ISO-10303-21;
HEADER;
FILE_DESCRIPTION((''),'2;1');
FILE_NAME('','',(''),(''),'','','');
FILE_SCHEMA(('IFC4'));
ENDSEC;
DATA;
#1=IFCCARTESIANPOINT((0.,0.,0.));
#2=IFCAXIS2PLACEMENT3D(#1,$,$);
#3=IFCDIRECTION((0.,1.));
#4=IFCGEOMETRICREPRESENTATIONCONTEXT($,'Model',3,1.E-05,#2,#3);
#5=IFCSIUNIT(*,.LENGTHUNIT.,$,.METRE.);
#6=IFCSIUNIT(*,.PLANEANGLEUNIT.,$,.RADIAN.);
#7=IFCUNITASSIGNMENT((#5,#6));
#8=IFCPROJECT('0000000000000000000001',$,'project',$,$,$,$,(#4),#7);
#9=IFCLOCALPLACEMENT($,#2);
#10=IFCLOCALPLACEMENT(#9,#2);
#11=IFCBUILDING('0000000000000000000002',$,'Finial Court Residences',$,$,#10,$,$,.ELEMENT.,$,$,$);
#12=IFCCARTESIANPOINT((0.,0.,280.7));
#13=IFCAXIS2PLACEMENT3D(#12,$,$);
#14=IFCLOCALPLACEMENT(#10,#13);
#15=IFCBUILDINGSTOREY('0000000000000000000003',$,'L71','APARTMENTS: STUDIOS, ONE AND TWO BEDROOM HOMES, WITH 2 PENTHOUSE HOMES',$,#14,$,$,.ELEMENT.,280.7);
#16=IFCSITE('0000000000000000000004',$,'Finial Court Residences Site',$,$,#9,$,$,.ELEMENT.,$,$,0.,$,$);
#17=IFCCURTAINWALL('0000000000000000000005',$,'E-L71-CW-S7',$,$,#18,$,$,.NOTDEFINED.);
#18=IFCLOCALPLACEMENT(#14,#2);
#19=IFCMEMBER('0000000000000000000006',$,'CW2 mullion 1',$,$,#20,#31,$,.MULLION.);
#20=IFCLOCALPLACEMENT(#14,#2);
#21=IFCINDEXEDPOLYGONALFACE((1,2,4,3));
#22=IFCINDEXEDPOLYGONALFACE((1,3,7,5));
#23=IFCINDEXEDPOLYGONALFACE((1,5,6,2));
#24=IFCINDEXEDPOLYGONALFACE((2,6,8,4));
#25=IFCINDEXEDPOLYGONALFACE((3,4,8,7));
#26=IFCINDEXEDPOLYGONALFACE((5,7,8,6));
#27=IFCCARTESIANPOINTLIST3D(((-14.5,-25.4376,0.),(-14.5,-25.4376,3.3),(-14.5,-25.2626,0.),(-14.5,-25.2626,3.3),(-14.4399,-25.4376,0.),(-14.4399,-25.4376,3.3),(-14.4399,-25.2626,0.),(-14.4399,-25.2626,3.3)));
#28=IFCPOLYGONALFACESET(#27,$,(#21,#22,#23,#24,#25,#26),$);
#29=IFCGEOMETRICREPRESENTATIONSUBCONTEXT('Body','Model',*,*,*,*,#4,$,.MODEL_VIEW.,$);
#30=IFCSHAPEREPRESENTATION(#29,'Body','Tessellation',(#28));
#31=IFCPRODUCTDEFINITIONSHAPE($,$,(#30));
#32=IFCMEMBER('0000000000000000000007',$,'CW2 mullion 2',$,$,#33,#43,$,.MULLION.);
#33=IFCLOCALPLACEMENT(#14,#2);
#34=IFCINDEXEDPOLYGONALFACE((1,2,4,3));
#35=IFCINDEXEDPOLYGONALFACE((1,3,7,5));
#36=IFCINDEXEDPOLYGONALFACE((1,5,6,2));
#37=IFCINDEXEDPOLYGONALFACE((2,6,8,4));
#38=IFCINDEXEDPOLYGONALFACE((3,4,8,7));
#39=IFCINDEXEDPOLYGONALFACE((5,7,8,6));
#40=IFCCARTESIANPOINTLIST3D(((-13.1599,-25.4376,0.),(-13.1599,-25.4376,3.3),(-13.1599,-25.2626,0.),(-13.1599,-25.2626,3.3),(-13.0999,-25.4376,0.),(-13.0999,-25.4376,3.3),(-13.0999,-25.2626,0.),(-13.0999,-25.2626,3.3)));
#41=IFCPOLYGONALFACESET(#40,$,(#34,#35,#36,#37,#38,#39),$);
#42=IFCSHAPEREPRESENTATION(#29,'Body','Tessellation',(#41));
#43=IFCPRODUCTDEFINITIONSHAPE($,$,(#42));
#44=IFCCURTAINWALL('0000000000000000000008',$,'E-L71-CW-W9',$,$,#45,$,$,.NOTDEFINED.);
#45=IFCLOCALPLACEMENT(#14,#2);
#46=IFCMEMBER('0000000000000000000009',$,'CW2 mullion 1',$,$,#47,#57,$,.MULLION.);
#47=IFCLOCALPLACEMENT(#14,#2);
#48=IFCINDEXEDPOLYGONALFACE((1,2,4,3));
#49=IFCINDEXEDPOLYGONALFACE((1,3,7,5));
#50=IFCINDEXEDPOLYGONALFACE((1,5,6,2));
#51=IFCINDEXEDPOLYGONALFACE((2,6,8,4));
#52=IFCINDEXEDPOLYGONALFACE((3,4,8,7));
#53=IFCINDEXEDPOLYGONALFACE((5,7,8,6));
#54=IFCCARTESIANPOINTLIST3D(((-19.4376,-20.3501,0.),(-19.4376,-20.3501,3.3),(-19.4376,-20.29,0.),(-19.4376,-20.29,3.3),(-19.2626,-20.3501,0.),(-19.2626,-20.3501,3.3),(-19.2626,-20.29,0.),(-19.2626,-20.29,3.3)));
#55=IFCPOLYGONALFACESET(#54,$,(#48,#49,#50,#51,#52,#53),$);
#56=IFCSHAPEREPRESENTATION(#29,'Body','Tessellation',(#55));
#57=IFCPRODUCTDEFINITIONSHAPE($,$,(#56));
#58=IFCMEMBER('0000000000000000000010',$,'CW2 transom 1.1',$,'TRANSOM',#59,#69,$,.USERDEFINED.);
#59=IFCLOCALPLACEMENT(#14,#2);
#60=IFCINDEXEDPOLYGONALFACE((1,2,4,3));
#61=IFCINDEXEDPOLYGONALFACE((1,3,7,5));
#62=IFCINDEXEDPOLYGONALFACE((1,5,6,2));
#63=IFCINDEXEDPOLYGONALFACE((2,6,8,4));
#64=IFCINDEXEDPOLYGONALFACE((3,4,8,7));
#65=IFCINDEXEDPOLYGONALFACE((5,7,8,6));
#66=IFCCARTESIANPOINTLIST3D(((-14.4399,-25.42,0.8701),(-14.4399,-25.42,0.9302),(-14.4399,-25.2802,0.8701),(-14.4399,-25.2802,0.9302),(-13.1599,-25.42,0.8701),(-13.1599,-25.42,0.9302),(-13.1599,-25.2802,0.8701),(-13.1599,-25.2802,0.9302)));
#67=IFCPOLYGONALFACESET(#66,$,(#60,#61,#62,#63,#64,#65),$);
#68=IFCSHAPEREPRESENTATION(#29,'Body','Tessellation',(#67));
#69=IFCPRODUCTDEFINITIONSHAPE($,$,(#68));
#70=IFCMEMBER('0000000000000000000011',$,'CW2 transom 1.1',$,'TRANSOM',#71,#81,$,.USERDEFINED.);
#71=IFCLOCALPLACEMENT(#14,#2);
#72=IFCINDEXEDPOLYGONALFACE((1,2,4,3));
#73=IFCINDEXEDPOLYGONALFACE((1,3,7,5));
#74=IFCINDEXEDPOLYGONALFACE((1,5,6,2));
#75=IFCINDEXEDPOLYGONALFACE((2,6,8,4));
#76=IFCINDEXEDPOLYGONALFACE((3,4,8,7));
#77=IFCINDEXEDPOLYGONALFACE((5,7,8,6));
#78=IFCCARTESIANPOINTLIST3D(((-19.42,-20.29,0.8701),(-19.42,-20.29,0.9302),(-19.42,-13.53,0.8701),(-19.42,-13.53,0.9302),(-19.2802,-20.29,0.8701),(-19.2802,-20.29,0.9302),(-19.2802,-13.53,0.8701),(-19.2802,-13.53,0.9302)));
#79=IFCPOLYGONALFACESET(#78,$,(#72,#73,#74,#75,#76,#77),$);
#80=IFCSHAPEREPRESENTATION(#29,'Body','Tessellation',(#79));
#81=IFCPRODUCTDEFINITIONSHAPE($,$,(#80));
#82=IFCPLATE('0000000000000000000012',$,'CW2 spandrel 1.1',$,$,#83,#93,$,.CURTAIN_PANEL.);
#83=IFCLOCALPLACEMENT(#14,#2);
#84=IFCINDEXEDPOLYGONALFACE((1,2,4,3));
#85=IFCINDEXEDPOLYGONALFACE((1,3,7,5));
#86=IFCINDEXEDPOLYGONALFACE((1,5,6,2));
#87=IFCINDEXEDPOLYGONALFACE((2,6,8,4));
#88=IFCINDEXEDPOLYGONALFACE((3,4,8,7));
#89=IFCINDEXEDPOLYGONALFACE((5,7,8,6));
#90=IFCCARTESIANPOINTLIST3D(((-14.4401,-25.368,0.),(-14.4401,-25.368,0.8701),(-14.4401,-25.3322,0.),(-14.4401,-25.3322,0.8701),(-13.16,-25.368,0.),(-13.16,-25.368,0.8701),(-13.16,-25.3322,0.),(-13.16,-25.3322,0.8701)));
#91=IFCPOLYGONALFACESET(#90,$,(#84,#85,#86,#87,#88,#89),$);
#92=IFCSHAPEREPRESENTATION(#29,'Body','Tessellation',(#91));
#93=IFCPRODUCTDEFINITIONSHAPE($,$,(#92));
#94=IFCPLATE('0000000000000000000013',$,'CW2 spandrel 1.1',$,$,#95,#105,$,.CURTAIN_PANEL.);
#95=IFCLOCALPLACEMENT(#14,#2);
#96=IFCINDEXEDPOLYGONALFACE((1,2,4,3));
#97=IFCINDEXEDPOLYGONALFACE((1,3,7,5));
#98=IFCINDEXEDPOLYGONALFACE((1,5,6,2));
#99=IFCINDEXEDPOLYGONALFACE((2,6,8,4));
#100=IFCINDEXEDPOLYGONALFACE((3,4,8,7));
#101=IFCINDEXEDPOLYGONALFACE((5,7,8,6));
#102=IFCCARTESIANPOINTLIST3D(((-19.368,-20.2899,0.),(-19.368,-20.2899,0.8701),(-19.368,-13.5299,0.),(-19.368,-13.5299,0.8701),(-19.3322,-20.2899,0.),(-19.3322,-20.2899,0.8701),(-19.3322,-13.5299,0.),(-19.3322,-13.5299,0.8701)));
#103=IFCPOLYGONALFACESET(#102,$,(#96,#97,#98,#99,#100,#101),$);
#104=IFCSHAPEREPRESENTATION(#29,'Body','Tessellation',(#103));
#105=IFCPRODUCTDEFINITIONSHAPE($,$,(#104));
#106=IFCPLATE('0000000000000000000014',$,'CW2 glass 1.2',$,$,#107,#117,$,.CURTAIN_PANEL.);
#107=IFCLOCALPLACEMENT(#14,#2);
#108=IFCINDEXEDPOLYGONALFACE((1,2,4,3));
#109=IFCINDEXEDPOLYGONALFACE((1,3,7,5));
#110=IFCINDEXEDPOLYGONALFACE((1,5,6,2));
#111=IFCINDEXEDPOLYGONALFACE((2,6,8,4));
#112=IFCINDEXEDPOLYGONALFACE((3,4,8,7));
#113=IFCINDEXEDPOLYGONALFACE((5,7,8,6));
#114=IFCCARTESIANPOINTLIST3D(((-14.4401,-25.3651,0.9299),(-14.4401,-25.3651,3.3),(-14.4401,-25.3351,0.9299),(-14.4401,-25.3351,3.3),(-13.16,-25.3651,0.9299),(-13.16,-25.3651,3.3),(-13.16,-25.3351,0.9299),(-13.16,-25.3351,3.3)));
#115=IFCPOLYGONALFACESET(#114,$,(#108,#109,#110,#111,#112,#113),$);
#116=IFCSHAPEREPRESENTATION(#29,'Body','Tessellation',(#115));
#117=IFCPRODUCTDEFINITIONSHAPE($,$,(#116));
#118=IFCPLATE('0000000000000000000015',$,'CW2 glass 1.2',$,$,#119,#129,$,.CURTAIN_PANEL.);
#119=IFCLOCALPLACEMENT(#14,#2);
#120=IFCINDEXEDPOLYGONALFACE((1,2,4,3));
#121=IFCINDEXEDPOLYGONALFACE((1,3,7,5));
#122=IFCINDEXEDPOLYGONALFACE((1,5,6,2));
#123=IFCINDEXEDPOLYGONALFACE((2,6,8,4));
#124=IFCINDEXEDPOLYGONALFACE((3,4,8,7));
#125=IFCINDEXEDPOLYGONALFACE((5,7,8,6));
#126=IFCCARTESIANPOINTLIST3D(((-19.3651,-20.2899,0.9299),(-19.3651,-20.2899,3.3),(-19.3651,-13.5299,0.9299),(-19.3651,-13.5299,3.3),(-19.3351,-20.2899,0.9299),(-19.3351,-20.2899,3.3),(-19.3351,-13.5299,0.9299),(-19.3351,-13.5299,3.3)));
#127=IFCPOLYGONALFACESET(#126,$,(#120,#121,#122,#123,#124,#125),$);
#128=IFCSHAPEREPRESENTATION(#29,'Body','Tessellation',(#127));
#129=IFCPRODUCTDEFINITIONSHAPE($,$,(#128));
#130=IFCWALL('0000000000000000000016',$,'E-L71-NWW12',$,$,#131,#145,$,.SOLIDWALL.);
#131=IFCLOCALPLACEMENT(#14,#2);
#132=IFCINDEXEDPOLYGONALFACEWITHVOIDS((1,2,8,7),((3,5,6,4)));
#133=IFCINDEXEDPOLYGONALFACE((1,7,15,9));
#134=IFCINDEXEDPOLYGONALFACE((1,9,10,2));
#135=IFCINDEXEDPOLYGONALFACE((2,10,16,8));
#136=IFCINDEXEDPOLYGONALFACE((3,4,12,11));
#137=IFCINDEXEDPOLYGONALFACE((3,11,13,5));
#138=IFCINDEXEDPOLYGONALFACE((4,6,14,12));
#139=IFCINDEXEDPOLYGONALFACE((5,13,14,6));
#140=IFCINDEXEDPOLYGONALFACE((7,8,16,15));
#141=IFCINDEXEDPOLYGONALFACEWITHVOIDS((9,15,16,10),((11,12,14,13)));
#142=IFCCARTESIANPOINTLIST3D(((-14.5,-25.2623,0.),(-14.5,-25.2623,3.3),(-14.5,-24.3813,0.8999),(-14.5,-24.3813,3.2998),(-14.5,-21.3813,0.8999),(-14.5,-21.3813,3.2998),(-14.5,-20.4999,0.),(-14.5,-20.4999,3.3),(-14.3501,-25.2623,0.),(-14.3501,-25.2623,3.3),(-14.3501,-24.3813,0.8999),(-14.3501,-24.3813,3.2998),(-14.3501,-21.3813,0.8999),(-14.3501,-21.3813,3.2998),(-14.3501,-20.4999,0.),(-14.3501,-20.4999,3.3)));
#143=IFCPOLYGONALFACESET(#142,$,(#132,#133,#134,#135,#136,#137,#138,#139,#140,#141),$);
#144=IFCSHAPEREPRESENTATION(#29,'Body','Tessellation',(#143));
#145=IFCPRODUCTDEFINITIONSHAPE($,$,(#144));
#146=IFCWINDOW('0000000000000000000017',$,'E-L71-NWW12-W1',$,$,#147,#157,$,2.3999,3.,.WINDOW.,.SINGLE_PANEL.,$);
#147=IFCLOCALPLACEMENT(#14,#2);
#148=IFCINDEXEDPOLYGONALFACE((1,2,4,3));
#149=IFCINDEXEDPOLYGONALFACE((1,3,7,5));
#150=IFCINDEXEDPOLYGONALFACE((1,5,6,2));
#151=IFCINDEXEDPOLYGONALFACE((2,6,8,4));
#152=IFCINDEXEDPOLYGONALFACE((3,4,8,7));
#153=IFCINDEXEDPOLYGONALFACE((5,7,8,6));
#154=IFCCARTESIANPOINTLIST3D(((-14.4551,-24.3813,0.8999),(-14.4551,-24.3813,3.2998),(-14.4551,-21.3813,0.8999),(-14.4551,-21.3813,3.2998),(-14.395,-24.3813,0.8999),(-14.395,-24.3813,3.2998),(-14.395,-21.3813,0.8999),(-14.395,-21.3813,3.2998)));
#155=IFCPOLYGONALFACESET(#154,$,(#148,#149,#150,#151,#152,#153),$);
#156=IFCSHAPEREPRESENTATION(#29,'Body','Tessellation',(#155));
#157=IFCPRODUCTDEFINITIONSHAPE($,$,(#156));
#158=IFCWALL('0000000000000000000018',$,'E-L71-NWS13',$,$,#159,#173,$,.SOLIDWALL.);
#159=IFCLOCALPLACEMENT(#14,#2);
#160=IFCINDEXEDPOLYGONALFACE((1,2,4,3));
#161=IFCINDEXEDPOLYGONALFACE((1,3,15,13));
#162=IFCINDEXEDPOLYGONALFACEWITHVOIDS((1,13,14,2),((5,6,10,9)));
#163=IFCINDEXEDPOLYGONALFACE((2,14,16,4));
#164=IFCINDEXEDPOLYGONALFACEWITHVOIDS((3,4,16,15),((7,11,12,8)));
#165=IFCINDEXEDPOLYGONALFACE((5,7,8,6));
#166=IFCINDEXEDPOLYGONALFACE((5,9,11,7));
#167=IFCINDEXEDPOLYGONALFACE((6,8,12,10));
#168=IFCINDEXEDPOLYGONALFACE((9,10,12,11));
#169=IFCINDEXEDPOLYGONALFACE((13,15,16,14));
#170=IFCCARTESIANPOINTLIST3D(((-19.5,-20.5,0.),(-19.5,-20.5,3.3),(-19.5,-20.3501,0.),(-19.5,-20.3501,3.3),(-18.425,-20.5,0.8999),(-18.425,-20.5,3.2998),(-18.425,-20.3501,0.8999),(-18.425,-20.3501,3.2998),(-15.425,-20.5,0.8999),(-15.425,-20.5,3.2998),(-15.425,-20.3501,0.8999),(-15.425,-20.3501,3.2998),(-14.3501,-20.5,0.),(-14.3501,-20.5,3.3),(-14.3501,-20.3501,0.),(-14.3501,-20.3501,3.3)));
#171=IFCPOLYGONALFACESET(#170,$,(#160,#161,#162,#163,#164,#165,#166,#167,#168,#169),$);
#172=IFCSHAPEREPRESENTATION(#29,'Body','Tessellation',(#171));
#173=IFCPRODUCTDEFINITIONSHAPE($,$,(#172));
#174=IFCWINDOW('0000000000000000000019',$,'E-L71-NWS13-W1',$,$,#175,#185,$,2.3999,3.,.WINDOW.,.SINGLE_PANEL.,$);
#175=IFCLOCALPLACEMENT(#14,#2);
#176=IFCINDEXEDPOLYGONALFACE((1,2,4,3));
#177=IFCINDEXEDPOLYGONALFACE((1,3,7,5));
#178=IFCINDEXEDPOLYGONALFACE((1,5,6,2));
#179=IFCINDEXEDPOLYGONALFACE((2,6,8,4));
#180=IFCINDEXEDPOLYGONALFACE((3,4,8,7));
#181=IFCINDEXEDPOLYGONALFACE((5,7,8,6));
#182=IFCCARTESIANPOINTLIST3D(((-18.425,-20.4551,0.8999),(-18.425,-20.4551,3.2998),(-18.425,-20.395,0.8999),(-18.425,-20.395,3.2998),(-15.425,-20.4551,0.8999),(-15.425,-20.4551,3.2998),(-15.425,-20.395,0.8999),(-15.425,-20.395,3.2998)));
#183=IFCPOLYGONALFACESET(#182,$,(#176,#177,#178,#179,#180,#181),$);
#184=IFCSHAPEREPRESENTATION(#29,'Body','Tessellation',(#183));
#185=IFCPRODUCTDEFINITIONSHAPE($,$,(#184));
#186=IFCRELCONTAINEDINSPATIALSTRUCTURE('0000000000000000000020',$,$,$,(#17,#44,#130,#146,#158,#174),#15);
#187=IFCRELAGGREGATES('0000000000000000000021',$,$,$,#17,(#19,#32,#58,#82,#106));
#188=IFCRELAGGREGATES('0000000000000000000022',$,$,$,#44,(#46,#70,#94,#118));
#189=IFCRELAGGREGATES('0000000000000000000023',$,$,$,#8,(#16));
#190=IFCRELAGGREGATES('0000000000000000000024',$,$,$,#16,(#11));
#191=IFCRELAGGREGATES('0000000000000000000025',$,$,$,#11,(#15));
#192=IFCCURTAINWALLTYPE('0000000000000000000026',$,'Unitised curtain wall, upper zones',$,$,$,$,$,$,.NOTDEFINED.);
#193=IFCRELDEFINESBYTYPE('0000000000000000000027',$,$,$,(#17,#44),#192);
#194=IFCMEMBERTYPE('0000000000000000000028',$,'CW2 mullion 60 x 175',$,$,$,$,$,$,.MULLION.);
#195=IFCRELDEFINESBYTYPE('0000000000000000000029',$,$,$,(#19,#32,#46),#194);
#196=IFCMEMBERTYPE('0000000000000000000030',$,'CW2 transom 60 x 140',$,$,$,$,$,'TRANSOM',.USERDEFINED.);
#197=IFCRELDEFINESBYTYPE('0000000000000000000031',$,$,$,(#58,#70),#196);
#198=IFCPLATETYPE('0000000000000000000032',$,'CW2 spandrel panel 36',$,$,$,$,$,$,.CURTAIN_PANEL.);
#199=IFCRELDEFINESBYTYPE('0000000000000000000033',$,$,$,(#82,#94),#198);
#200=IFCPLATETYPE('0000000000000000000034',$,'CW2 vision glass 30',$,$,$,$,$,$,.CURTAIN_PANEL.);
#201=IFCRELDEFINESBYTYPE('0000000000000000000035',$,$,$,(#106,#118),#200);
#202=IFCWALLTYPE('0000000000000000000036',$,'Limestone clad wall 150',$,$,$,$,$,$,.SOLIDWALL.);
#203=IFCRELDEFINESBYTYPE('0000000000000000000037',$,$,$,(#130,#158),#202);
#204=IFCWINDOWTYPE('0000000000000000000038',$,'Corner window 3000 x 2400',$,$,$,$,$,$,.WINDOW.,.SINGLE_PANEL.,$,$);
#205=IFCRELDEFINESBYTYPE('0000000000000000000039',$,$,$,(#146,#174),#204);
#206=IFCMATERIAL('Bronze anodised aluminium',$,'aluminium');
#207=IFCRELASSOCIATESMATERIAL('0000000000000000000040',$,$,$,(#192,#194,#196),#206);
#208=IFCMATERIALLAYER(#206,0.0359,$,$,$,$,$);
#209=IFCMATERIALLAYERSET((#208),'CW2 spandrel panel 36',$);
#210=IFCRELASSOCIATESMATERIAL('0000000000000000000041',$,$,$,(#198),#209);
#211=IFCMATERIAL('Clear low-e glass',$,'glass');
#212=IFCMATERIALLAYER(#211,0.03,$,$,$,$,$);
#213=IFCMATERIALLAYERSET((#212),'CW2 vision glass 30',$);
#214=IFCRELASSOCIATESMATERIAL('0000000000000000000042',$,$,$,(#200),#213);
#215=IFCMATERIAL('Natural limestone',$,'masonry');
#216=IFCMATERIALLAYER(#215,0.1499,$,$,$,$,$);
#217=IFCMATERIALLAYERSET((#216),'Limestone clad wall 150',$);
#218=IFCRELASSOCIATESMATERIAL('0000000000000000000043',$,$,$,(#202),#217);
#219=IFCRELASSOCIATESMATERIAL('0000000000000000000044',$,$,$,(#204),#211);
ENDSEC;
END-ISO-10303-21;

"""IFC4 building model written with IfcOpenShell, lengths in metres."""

from ifc_helpers import new_model, si_unit, direction, frame, frame_2d, origin, origin_2d, place, context, subcontext, project, spatial, rectangle, extrude, material, layer, layer_set, material_profile, profile_set, type_object, element, fill, aggregate, save


model = new_model("IFC4")

# Units and contexts
model_context = context("Model", 3, precision=1e-05, world=origin(), true_north=direction((0.0, 1.0)))
body_context = subcontext(model_context, "Body", "Model", "MODEL_VIEW")
ifc_project = project(units=[si_unit("LENGTHUNIT", "METRE"), si_unit("PLANEANGLEUNIT", "RADIAN")], contexts=[model_context])

# Site, building, storey
site_placement = place(None, origin())
site = spatial("IfcSite", under=ifc_project, at=site_placement, Name="Finial Court Residences Site", CompositionType="ELEMENT", RefElevation=0.0)
building_placement = place(site_placement, origin())
building = spatial("IfcBuilding", under=site, at=building_placement, Name="Finial Court Residences", CompositionType="ELEMENT")
storey_placement = place(building_placement, frame((0.0, 0.0, 280.7)))
storey = spatial("IfcBuildingStorey", under=building, at=storey_placement, Name="L71", Description="APARTMENTS: STUDIOS, ONE AND TWO BEDROOM HOMES, WITH 2 PENTHOUSE HOMES", CompositionType="ELEMENT", Elevation=280.7)

# Curtain wall, members
ifc_material_1 = material(Name="Bronze anodised aluminium", Category="aluminium")
curtain_wall_type = type_object("IfcCurtainWallType", Name="Unitised curtain wall, upper zones", PredefinedType="NOTDEFINED", material=ifc_material_1)
curtain_wall_1_placement = place(storey_placement, origin())
curtain_wall_1 = element("IfcCurtainWall", 1, at=curtain_wall_1_placement, inside=storey, type_object=curtain_wall_type, Name="E-L71-CW-S7", PredefinedType="NOTDEFINED")
ifc_material_profile_1 = material_profile(ifc_material_1, rectangle(XDim=0.175, YDim=0.0601, at=origin_2d()), Name="CW2 mullion 60 x 175")
ifc_profile_set_1 = profile_set([ifc_material_profile_1], Name="Bronze anodised aluminium")
member_type_1 = type_object("IfcMemberType", Name="CW2 mullion 60 x 175", PredefinedType="MULLION", material=ifc_profile_set_1)
member_1_placement = place(storey_placement, frame((-14.47, -25.3501, 0.0), z_axis=(0.0, 0.0, 1.0), x_axis=(0.0, 1.0, 0.0)))
member_1 = element("IfcMember", 2, at=member_1_placement, type_object=member_type_1, Name="CW2 mullion 1", PredefinedType="MULLION", context=body_context, shape_type="SweptSolid", body=[
    extrude(rectangle(XDim=0.175, YDim=0.0601, at=origin_2d()), origin(), (0.0, 0.0, 1.0), 3.3),
])
member_2_placement = place(storey_placement, frame((-13.1299, -25.3501, 0.0), z_axis=(0.0, 0.0, 1.0), x_axis=(0.0, 1.0, 0.0)))
member_2 = element("IfcMember", 3, at=member_2_placement, type_object=member_type_1, Name="CW2 mullion 2", PredefinedType="MULLION", context=body_context, shape_type="SweptSolid", body=[
    extrude(rectangle(XDim=0.175, YDim=0.0601, at=origin_2d()), origin(), (0.0, 0.0, 1.0), 3.3),
])

# Curtain wall, member
curtain_wall_2_placement = place(storey_placement, origin())
curtain_wall_2 = element("IfcCurtainWall", 4, at=curtain_wall_2_placement, inside=storey, type_object=curtain_wall_type, Name="E-L71-CW-W9", PredefinedType="NOTDEFINED")
member_3_placement = place(storey_placement, frame((-19.3501, -20.3201, 0.0), z_axis=(0.0, 0.0, 1.0), x_axis=(-1.0, 0.0, 0.0)))
member_3 = element("IfcMember", 5, at=member_3_placement, type_object=member_type_1, Name="CW2 mullion 1", PredefinedType="MULLION", context=body_context, shape_type="SweptSolid", body=[
    extrude(rectangle(XDim=0.175, YDim=0.0601, at=origin_2d()), origin(), (0.0, 0.0, 1.0), 3.3),
])

# Members
ifc_material_profile_2 = material_profile(ifc_material_1, rectangle(XDim=0.1399, YDim=0.0601, at=origin_2d()), Name="CW2 transom 60 x 140")
ifc_profile_set_2 = profile_set([ifc_material_profile_2], Name="Bronze anodised aluminium")
member_type_2 = type_object("IfcMemberType", Name="CW2 transom 60 x 140", ElementType="TRANSOM", PredefinedType="USERDEFINED", material=ifc_profile_set_2)
member_4_placement = place(storey_placement, frame((-14.4399, -25.3501, 0.9001), z_axis=(1.0, 0.0, 0.0), x_axis=(0.0, 1.0, 0.0)))
member_4 = element("IfcMember", 6, at=member_4_placement, type_object=member_type_2, Name="CW2 transom 1.1", ObjectType="TRANSOM", PredefinedType="USERDEFINED", context=body_context, shape_type="SweptSolid", body=[
    extrude(rectangle(XDim=0.1399, YDim=0.0601, at=origin_2d()), origin(), (0.0, 0.0, 1.0), 1.28),
])
member_5_placement = place(storey_placement, frame((-19.3501, -20.29, 0.9001), z_axis=(0.0, 1.0, 0.0), x_axis=(-1.0, 0.0, 0.0)))
member_5 = element("IfcMember", 7, at=member_5_placement, type_object=member_type_2, Name="CW2 transom 1.1", ObjectType="TRANSOM", PredefinedType="USERDEFINED", context=body_context, shape_type="SweptSolid", body=[
    extrude(rectangle(XDim=0.1399, YDim=0.0601, at=origin_2d()), origin(), (0.0, 0.0, 1.0), 6.76),
])

# Plates
ifc_layer_1 = layer(ifc_material_1, 0.0359)
ifc_layer_set_1 = layer_set([ifc_layer_1], Name="CW2 spandrel panel 36")
plate_type_1 = type_object("IfcPlateType", Name="CW2 spandrel panel 36", PredefinedType="CURTAIN_PANEL", material=ifc_layer_set_1)
plate_1_placement = place(storey_placement, frame((-13.8, -25.3501, 0.0), z_axis=(0.0, 0.0, 1.0), x_axis=(1.0, 0.0, 0.0)))
plate_1 = element("IfcPlate", 8, at=plate_1_placement, type_object=plate_type_1, Name="CW2 spandrel 1.1", PredefinedType="CURTAIN_PANEL", context=body_context, shape_type="SweptSolid", body=[
    extrude(rectangle(XDim=1.28, YDim=0.0359, at=origin_2d()), origin(), (0.0, 0.0, 1.0), 0.8701),
])
plate_2_placement = place(storey_placement, frame((-19.3501, -16.9099, 0.0), z_axis=(0.0, 0.0, 1.0), x_axis=(0.0, 1.0, 0.0)))
plate_2 = element("IfcPlate", 9, at=plate_2_placement, type_object=plate_type_1, Name="CW2 spandrel 1.1", PredefinedType="CURTAIN_PANEL", context=body_context, shape_type="SweptSolid", body=[
    extrude(rectangle(XDim=6.76, YDim=0.0359, at=origin_2d()), origin(), (0.0, 0.0, 1.0), 0.8701),
])
ifc_material_2 = material(Name="Clear low-e glass", Category="glass")
ifc_layer_2 = layer(ifc_material_2, 0.03)
ifc_layer_set_2 = layer_set([ifc_layer_2], Name="CW2 vision glass 30")
plate_type_2 = type_object("IfcPlateType", Name="CW2 vision glass 30", PredefinedType="CURTAIN_PANEL", material=ifc_layer_set_2)
plate_3_placement = place(storey_placement, frame((-13.8, -25.3501, 0.9299), z_axis=(0.0, 0.0, 1.0), x_axis=(1.0, 0.0, 0.0)))
plate_3 = element("IfcPlate", 10, at=plate_3_placement, type_object=plate_type_2, Name="CW2 glass 1.2", PredefinedType="CURTAIN_PANEL", context=body_context, shape_type="SweptSolid", body=[
    extrude(rectangle(XDim=1.28, YDim=0.03, at=origin_2d()), origin(), (0.0, 0.0, 1.0), 2.3701),
])
aggregate(curtain_wall_1, [member_1, member_2, member_4, plate_1, plate_3])
plate_4_placement = place(storey_placement, frame((-19.3501, -16.9099, 0.9299), z_axis=(0.0, 0.0, 1.0), x_axis=(0.0, 1.0, 0.0)))
plate_4 = element("IfcPlate", 11, at=plate_4_placement, type_object=plate_type_2, Name="CW2 glass 1.2", PredefinedType="CURTAIN_PANEL", context=body_context, shape_type="SweptSolid", body=[
    extrude(rectangle(XDim=6.76, YDim=0.03, at=origin_2d()), origin(), (0.0, 0.0, 1.0), 2.3701),
])
aggregate(curtain_wall_2, [member_3, member_5, plate_2, plate_4])

# Walls, openings, windows
ifc_material_3 = material(Name="Natural limestone", Category="masonry")
ifc_layer_3 = layer(ifc_material_3, 0.1499)
ifc_layer_set_3 = layer_set([ifc_layer_3], Name="Limestone clad wall 150")
wall_type = type_object("IfcWallType", Name="Limestone clad wall 150", PredefinedType="SOLIDWALL", material=ifc_layer_set_3)
wall_1_placement = place(storey_placement, frame((-14.425, -25.2625, 0.0), z_axis=(0.0, 0.0, 1.0), x_axis=(0.0, 1.0, 0.0)))
wall_1 = element("IfcWall", 12, at=wall_1_placement, inside=storey, type_object=wall_type, Name="E-L71-NWW12", PredefinedType="SOLIDWALL", context=body_context, shape_type="SweptSolid", body=[
    extrude(rectangle(XDim=4.7625, YDim=0.1499, at=frame_2d((2.3813, 0.0))), origin(), (0.0, 0.0, 1.0), 3.3),
])
opening_1_placement = place(wall_1_placement, frame((0.8811, 0.0, 0.8999)))
opening_1 = element("IfcOpeningElement", 13, at=opening_1_placement, cuts=wall_1, PredefinedType="OPENING", context=body_context, shape_type="SweptSolid", body=[
    extrude(rectangle(XDim=3.0, YDim=2.3999, at=frame_2d((1.5, 1.2))), frame((0.0, 0.085, 0.0), z_axis=(0.0, -1.0, 0.0), x_axis=(1.0, 0.0, 0.0)), (0.0, 0.0, 1.0), 0.1699),
])
window_type = type_object("IfcWindowType", Name="Corner window 3000 x 2400", PartitioningType="SINGLE_PANEL", PredefinedType="WINDOW", material=ifc_material_2)
window_1_placement = place(opening_1_placement, origin())
window_1 = element("IfcWindow", 14, at=window_1_placement, inside=storey, type_object=window_type, Name="E-L71-NWW12-W1", OverallHeight=2.3999, OverallWidth=3.0, PartitioningType="SINGLE_PANEL", PredefinedType="WINDOW", context=body_context, shape_type="SweptSolid", body=[
    extrude(rectangle(XDim=3.0, YDim=2.3999, at=frame_2d((1.5, 1.2))), frame((0.0, 0.03, 0.0), z_axis=(0.0, -1.0, 0.0), x_axis=(1.0, 0.0, 0.0)), (0.0, 0.0, 1.0), 0.0601),
])
fill(opening_1, window_1)
wall_2_placement = place(storey_placement, frame((-14.3501, -20.425, 0.0), z_axis=(0.0, 0.0, 1.0), x_axis=(-1.0, 0.0, 0.0)))
wall_2 = element("IfcWall", 15, at=wall_2_placement, inside=storey, type_object=wall_type, Name="E-L71-NWS13", PredefinedType="SOLIDWALL", context=body_context, shape_type="SweptSolid", body=[
    extrude(rectangle(XDim=5.1499, YDim=0.1499, at=frame_2d((2.575, 0.0))), origin(), (0.0, 0.0, 1.0), 3.3),
])
opening_2_placement = place(wall_2_placement, frame((1.075, 0.0, 0.8999)))
opening_2 = element("IfcOpeningElement", 16, at=opening_2_placement, cuts=wall_2, PredefinedType="OPENING", context=body_context, shape_type="SweptSolid", body=[
    extrude(rectangle(XDim=3.0, YDim=2.3999, at=frame_2d((1.5, 1.2))), frame((0.0, 0.085, 0.0), z_axis=(0.0, -1.0, 0.0), x_axis=(1.0, 0.0, 0.0)), (0.0, 0.0, 1.0), 0.1699),
])
window_2_placement = place(opening_2_placement, origin())
window_2 = element("IfcWindow", 17, at=window_2_placement, inside=storey, type_object=window_type, Name="E-L71-NWS13-W1", OverallHeight=2.3999, OverallWidth=3.0, PartitioningType="SINGLE_PANEL", PredefinedType="WINDOW", context=body_context, shape_type="SweptSolid", body=[
    extrude(rectangle(XDim=3.0, YDim=2.3999, at=frame_2d((1.5, 1.2))), frame((0.0, 0.03, 0.0), z_axis=(0.0, -1.0, 0.0), x_axis=(1.0, 0.0, 0.0)), (0.0, 0.0, 1.0), 0.0601),
])
fill(opening_2, window_2)

save(model, "model.ifc")
